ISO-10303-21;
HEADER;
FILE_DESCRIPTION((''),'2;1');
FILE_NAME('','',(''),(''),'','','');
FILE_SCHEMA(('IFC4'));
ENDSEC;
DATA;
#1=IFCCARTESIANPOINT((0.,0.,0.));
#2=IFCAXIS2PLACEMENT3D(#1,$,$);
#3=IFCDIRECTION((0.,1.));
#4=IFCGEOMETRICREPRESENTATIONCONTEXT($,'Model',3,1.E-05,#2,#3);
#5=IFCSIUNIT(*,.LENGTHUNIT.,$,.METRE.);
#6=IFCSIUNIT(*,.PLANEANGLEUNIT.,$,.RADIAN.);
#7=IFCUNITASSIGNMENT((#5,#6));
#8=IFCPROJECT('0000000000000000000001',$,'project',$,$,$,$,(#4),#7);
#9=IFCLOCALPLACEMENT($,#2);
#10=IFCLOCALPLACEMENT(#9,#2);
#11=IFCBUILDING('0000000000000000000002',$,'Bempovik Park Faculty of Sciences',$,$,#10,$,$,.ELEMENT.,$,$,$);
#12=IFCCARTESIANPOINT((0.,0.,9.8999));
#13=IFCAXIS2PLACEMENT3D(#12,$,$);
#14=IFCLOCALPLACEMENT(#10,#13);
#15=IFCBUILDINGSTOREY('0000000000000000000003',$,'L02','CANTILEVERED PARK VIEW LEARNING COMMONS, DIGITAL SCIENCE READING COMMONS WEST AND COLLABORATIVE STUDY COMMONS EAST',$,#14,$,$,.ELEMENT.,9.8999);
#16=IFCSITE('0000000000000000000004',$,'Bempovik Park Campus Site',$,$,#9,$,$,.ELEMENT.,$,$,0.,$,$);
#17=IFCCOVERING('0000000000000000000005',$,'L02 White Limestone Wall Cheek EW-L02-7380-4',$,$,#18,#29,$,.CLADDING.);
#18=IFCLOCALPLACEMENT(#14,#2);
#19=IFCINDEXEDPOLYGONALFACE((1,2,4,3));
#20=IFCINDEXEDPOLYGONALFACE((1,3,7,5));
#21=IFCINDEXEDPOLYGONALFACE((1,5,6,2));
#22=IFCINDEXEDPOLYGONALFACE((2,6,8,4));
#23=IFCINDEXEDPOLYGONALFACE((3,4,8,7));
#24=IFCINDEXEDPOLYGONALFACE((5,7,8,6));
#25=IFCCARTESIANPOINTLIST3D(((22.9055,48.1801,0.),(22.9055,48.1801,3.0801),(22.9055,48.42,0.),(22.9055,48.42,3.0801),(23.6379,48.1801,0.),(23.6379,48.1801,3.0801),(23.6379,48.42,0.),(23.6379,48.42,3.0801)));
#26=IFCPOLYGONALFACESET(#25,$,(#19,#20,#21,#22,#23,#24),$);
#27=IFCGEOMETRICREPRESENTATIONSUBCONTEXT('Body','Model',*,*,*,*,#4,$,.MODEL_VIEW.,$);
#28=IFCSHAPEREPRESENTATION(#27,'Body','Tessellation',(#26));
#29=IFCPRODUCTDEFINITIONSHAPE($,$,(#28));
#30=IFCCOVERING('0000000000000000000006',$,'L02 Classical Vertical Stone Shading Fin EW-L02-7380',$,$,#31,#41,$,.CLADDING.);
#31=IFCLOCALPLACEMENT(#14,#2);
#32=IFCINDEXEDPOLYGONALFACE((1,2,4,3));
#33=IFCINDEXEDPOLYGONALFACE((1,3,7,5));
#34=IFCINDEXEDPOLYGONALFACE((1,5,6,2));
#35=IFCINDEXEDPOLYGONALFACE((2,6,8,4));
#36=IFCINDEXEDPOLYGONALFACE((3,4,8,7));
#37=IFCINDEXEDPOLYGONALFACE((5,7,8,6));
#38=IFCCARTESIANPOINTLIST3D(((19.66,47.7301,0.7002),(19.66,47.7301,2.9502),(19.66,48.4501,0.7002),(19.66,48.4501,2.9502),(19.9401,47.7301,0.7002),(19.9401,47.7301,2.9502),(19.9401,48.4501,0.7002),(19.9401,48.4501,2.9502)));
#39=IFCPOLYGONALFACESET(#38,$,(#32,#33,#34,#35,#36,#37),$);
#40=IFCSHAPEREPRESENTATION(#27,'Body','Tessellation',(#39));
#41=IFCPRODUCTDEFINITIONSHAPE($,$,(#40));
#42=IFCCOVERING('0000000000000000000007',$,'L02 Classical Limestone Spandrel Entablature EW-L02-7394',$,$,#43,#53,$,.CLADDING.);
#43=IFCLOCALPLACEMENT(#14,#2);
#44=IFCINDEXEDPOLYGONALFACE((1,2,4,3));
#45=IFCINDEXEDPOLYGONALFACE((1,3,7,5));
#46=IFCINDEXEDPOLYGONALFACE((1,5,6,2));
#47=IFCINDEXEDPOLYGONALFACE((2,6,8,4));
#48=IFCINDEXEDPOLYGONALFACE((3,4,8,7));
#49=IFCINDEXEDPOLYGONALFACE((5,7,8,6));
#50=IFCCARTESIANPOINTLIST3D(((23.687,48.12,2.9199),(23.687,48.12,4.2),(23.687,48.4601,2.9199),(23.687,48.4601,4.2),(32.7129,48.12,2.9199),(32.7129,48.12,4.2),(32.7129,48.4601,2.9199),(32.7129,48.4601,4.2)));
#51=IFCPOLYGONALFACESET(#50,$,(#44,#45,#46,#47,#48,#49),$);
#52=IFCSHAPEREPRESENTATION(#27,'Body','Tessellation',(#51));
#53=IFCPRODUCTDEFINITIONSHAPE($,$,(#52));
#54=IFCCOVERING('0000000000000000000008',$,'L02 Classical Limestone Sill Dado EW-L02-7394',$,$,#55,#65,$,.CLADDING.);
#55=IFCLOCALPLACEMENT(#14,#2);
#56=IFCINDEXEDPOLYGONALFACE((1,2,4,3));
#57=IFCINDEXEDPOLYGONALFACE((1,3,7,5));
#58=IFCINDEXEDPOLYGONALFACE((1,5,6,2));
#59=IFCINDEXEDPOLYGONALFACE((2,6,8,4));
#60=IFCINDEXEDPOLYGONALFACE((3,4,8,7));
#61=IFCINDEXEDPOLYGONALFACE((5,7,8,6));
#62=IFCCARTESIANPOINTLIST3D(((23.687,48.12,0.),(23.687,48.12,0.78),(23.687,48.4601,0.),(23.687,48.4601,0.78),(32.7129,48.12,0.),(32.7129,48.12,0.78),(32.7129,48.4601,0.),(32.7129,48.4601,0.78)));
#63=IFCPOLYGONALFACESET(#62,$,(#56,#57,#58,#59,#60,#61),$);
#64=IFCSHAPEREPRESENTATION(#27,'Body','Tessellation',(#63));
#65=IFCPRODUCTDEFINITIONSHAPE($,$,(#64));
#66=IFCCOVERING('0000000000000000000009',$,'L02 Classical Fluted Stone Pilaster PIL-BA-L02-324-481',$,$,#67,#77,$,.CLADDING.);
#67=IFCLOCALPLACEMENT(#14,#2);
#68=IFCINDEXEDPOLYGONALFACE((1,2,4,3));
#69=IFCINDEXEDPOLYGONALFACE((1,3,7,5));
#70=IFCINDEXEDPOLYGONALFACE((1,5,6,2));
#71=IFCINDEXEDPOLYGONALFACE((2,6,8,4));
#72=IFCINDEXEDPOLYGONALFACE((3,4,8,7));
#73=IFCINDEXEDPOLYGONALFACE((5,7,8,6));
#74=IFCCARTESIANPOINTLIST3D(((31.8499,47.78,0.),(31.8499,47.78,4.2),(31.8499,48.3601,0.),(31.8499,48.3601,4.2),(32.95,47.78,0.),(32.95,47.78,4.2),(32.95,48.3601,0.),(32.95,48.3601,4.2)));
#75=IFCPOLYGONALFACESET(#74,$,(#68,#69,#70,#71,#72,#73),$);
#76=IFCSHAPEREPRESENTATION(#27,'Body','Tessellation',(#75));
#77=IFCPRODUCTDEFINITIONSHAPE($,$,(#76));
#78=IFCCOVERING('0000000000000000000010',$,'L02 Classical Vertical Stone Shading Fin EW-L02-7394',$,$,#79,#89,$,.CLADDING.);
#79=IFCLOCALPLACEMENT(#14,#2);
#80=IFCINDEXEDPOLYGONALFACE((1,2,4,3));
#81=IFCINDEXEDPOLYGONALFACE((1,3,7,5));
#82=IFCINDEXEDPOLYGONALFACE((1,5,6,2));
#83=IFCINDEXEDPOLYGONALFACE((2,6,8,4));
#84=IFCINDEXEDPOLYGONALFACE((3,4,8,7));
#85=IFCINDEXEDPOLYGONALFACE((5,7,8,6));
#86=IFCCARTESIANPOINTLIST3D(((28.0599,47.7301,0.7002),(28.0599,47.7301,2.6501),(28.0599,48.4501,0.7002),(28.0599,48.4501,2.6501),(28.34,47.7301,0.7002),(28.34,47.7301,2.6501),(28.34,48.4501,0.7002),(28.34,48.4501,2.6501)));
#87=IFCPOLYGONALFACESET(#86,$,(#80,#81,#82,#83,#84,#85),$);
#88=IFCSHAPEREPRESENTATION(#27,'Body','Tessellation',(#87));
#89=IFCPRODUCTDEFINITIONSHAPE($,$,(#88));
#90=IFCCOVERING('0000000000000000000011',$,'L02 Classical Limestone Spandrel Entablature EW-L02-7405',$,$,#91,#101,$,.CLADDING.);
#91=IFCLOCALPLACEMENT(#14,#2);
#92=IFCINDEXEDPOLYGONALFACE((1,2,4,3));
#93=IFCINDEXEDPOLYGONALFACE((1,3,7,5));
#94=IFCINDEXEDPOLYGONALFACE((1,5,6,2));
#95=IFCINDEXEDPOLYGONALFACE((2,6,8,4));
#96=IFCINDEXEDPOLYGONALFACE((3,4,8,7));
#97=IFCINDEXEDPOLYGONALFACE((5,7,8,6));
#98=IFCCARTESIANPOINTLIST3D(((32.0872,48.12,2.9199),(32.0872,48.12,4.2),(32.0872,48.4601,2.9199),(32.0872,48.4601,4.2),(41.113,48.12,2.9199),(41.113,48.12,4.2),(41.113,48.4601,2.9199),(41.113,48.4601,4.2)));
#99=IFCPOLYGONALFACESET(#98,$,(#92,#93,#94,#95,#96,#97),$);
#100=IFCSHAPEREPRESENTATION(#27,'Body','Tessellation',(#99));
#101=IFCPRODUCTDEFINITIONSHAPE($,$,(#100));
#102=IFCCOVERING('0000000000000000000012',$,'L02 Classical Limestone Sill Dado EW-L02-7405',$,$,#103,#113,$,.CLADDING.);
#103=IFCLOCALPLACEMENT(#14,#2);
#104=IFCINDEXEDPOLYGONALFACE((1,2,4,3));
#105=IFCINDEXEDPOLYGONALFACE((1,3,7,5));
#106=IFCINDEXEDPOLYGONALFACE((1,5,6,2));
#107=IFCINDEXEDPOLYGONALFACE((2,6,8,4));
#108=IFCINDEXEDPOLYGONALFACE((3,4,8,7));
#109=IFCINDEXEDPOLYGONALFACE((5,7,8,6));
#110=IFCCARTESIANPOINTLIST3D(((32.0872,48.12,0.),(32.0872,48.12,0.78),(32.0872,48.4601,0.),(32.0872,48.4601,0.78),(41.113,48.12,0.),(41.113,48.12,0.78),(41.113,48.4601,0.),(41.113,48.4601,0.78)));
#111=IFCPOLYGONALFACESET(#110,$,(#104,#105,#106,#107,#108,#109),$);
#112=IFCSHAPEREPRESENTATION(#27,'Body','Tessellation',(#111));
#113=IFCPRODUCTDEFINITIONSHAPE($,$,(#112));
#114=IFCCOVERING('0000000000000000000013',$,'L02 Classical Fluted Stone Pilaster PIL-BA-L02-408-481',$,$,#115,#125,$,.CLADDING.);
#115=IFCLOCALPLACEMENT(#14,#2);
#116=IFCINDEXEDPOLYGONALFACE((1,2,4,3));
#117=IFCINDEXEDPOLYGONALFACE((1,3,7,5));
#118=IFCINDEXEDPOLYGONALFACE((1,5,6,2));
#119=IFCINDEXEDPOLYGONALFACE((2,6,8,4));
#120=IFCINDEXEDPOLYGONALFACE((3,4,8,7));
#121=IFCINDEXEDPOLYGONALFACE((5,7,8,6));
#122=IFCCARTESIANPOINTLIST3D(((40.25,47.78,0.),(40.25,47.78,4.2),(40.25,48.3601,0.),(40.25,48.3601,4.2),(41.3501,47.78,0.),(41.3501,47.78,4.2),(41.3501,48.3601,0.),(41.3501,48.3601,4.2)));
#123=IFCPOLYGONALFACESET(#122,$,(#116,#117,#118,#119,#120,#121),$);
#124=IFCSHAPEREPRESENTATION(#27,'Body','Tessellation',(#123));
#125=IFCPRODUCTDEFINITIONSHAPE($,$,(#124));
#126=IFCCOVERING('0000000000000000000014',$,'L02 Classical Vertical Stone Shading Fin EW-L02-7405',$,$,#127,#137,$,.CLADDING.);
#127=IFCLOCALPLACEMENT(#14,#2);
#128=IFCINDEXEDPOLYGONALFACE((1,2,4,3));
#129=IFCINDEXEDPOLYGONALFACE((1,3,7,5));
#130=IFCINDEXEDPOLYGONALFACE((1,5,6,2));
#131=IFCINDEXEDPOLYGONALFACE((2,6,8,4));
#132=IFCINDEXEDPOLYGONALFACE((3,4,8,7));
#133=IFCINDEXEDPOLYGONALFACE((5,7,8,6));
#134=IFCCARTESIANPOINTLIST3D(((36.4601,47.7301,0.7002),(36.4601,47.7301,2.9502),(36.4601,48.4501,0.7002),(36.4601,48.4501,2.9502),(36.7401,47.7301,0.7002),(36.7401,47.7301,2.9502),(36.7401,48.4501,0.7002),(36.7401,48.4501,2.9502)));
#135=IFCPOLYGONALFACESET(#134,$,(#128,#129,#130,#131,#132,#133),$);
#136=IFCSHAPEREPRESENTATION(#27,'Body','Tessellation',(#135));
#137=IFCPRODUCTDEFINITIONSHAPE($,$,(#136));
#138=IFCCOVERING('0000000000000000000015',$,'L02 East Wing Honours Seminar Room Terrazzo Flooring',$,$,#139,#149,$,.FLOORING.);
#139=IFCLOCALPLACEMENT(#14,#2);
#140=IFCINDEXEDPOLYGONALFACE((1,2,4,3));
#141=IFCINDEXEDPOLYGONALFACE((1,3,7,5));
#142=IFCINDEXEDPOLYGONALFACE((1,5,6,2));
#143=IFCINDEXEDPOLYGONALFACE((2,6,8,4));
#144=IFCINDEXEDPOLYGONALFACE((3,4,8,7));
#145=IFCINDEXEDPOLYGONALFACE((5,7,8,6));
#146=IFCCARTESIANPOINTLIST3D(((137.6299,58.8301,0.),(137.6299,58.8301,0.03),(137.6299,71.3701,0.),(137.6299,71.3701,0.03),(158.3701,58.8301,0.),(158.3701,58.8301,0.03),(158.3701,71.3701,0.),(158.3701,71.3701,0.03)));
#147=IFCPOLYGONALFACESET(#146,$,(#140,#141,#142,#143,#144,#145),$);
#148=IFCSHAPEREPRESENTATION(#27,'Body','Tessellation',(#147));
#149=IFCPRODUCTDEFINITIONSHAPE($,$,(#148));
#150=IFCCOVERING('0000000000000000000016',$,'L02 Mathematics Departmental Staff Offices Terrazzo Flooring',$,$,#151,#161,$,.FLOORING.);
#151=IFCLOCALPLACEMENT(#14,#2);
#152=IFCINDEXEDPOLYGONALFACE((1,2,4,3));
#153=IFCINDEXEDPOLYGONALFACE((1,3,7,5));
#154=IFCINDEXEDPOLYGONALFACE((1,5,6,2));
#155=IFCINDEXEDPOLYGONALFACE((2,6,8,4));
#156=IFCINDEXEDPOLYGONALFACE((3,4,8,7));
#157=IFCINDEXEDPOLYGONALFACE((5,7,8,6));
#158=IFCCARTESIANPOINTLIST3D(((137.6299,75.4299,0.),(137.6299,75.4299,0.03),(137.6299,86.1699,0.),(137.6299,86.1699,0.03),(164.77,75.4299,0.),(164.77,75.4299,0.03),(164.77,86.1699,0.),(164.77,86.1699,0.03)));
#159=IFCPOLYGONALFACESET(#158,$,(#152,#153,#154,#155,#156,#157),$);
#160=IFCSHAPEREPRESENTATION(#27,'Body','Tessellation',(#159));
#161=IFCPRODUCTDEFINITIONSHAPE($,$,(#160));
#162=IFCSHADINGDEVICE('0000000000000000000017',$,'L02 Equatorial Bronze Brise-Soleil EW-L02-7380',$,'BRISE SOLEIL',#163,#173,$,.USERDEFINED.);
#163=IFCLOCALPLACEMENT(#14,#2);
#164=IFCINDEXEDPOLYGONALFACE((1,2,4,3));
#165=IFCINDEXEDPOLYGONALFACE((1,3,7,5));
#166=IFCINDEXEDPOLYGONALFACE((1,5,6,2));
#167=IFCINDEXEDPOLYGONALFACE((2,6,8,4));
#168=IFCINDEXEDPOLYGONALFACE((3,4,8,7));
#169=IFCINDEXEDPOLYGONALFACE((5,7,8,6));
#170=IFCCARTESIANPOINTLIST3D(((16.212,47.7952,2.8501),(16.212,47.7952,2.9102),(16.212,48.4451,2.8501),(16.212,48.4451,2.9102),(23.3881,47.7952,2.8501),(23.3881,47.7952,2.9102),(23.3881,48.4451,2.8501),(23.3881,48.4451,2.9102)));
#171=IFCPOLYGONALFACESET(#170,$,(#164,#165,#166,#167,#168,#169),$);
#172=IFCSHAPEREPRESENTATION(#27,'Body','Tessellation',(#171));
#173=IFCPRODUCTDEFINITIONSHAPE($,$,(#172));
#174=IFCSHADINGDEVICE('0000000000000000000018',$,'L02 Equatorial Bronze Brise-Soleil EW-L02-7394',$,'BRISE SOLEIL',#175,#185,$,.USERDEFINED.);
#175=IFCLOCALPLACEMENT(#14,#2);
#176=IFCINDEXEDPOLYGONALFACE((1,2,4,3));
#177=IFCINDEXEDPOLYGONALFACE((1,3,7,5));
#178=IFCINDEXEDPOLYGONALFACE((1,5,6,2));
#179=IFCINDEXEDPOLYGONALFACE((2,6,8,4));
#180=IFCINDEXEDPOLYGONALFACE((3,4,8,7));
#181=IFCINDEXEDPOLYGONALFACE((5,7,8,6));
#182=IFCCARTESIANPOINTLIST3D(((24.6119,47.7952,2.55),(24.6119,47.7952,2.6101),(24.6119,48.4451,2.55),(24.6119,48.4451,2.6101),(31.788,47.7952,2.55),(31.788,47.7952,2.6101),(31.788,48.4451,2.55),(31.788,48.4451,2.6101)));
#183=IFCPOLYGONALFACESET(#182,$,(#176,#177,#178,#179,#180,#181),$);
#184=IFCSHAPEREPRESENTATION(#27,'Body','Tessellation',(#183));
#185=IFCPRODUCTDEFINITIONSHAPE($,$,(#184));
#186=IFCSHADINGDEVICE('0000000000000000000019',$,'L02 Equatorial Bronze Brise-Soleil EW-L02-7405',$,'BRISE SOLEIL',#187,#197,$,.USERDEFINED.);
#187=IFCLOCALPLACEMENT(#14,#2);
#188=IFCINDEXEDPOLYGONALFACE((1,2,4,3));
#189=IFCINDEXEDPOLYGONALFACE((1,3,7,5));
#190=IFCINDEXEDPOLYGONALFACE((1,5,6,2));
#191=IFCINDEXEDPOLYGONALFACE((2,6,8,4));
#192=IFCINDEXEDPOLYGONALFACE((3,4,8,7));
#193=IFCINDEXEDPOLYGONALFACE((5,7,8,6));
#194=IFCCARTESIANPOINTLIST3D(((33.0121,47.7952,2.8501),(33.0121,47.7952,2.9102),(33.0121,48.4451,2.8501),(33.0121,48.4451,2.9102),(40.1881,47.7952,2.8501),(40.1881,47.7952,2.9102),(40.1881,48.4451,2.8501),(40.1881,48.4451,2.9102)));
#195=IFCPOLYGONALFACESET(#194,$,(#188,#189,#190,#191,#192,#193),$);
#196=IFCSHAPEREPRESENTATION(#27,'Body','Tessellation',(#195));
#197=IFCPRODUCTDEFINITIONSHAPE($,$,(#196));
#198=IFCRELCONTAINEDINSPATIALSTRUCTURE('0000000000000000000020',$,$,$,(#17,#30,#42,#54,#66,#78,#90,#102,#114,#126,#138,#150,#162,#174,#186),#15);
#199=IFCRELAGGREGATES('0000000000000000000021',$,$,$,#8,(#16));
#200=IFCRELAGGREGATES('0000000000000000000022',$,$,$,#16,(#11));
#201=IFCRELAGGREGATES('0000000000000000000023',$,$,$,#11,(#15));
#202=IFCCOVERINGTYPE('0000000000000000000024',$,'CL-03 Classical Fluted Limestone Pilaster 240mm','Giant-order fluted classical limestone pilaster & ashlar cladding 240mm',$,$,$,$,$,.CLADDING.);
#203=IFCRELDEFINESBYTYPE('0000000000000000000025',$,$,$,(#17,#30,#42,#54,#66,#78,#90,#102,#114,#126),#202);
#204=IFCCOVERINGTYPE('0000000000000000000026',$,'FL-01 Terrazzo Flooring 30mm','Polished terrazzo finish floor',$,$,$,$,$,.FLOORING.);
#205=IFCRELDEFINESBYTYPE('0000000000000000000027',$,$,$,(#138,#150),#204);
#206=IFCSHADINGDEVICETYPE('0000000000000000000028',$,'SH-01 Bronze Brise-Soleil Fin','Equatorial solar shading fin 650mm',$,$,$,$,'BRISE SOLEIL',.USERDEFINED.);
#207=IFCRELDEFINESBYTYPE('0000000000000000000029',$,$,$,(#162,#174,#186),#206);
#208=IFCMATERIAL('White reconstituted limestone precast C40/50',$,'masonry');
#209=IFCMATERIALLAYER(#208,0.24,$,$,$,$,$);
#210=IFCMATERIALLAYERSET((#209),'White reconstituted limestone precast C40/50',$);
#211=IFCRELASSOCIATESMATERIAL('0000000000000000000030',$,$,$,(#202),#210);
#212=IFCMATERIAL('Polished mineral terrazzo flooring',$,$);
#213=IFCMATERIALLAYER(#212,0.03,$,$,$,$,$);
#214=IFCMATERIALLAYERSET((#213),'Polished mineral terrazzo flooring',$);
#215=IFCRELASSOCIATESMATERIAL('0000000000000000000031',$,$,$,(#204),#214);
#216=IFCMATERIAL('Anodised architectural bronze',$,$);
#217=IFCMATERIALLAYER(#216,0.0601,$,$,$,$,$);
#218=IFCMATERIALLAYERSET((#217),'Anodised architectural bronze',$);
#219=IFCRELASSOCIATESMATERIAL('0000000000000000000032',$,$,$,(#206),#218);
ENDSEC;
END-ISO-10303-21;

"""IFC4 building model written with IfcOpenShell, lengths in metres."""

from ifc_helpers import new_model, si_unit, direction, frame, origin, origin_2d, place, context, subcontext, project, spatial, polyline, rectangle, outline, extrude, material, layer, layer_set, type_object, element, save


model = new_model("IFC4")

# Units and contexts
model_context = context("Model", 3, precision=1e-05, world=origin(), true_north=direction((0.0, 1.0)))
body_context = subcontext(model_context, "Body", "Model", "MODEL_VIEW")
ifc_project = project(units=[si_unit("LENGTHUNIT", "METRE"), si_unit("PLANEANGLEUNIT", "RADIAN")], contexts=[model_context])

# Site, building, storey
site_placement = place(None, origin())
site = spatial("IfcSite", under=ifc_project, at=site_placement, Name="Bempovik Park Campus Site", CompositionType="ELEMENT", RefElevation=0.0)
building_placement = place(site_placement, origin())
building = spatial("IfcBuilding", under=site, at=building_placement, Name="Bempovik Park Faculty of Sciences", CompositionType="ELEMENT")
storey_placement = place(building_placement, frame((0.0, 0.0, 9.8999)))
storey = spatial("IfcBuildingStorey", under=building, at=storey_placement, Name="L02", Description="CANTILEVERED PARK VIEW LEARNING COMMONS, DIGITAL SCIENCE READING COMMONS WEST AND COLLABORATIVE STUDY COMMONS EAST", CompositionType="ELEMENT", Elevation=9.8999)

# Coverings
ifc_material_1 = material(Name="White reconstituted limestone precast C40/50", Category="masonry")
ifc_layer_1 = layer(ifc_material_1, 0.24)
ifc_layer_set_1 = layer_set([ifc_layer_1], Name="White reconstituted limestone precast C40/50")
covering_type_1 = type_object("IfcCoveringType", Name="CL-03 Classical Fluted Limestone Pilaster 240mm", Description="Giant-order fluted classical limestone pilaster & ashlar cladding 240mm", PredefinedType="CLADDING", material=ifc_layer_set_1)
covering_1_placement = place(storey_placement, frame((23.2717, 48.3, 0.0), z_axis=(0.0, 0.0, 1.0), x_axis=(1.0, 0.0, 0.0)))
element("IfcCovering", 1, at=covering_1_placement, inside=storey, type_object=covering_type_1, Name="L02 White Limestone Wall Cheek EW-L02-7380-4", PredefinedType="CLADDING", context=body_context, shape_type="SweptSolid", body=[
    extrude(rectangle(XDim=0.7324, YDim=0.24, at=origin_2d()), origin(), (0.0, 0.0, 1.0), 3.0801),
])
covering_2_placement = place(storey_placement, frame((19.8, 48.0901, 0.7002), z_axis=(0.0, 0.0, 1.0), x_axis=(1.0, 0.0, 0.0)))
element("IfcCovering", 2, at=covering_2_placement, inside=storey, type_object=covering_type_1, Name="L02 Classical Vertical Stone Shading Fin EW-L02-7380", PredefinedType="CLADDING", context=body_context, shape_type="SweptSolid", body=[
    extrude(rectangle(XDim=0.28, YDim=0.72, at=origin_2d()), origin(), (0.0, 0.0, 1.0), 2.25),
])
covering_3_placement = place(storey_placement, frame((28.2, 48.29, 2.9199), z_axis=(0.0, 0.0, 1.0), x_axis=(1.0, 0.0, 0.0)))
element("IfcCovering", 3, at=covering_3_placement, inside=storey, type_object=covering_type_1, Name="L02 Classical Limestone Spandrel Entablature EW-L02-7394", PredefinedType="CLADDING", context=body_context, shape_type="SweptSolid", body=[
    extrude(rectangle(XDim=9.0259, YDim=0.3401, at=origin_2d()), origin(), (0.0, 0.0, 1.0), 1.28),
])
covering_4_placement = place(storey_placement, frame((28.2, 48.29, 0.0), z_axis=(0.0, 0.0, 1.0), x_axis=(1.0, 0.0, 0.0)))
element("IfcCovering", 4, at=covering_4_placement, inside=storey, type_object=covering_type_1, Name="L02 Classical Limestone Sill Dado EW-L02-7394", PredefinedType="CLADDING", context=body_context, shape_type="SweptSolid", body=[
    extrude(rectangle(XDim=9.0259, YDim=0.3401, at=origin_2d()), origin(), (0.0, 0.0, 1.0), 0.78),
])
covering_5_placement = place(storey_placement, frame((32.3999, 48.0701, 0.0), z_axis=(0.0, 0.0, 1.0), x_axis=(1.0, 0.0, 0.0)))
element("IfcCovering", 5, at=covering_5_placement, inside=storey, type_object=covering_type_1, Name="L02 Classical Fluted Stone Pilaster PIL-BA-L02-324-481", PredefinedType="CLADDING", context=body_context, shape_type="SweptSolid", body=[
    extrude(rectangle(XDim=1.1001, YDim=0.5801, at=origin_2d()), origin(), (0.0, 0.0, 1.0), 4.2),
])
covering_6_placement = place(storey_placement, frame((28.2, 48.0901, 0.7002), z_axis=(0.0, 0.0, 1.0), x_axis=(1.0, 0.0, 0.0)))
element("IfcCovering", 6, at=covering_6_placement, inside=storey, type_object=covering_type_1, Name="L02 Classical Vertical Stone Shading Fin EW-L02-7394", PredefinedType="CLADDING", context=body_context, shape_type="SweptSolid", body=[
    extrude(rectangle(XDim=0.28, YDim=0.72, at=origin_2d()), origin(), (0.0, 0.0, 1.0), 1.95),
])
covering_7_placement = place(storey_placement, frame((36.6001, 48.29, 2.9199), z_axis=(0.0, 0.0, 1.0), x_axis=(1.0, 0.0, 0.0)))
element("IfcCovering", 7, at=covering_7_placement, inside=storey, type_object=covering_type_1, Name="L02 Classical Limestone Spandrel Entablature EW-L02-7405", PredefinedType="CLADDING", context=body_context, shape_type="SweptSolid", body=[
    extrude(rectangle(XDim=9.0259, YDim=0.3401, at=origin_2d()), origin(), (0.0, 0.0, 1.0), 1.28),
])
covering_8_placement = place(storey_placement, frame((36.6001, 48.29, 0.0), z_axis=(0.0, 0.0, 1.0), x_axis=(1.0, 0.0, 0.0)))
element("IfcCovering", 8, at=covering_8_placement, inside=storey, type_object=covering_type_1, Name="L02 Classical Limestone Sill Dado EW-L02-7405", PredefinedType="CLADDING", context=body_context, shape_type="SweptSolid", body=[
    extrude(rectangle(XDim=9.0259, YDim=0.3401, at=origin_2d()), origin(), (0.0, 0.0, 1.0), 0.78),
])
covering_9_placement = place(storey_placement, frame((40.8, 48.0701, 0.0), z_axis=(0.0, 0.0, 1.0), x_axis=(1.0, 0.0, 0.0)))
element("IfcCovering", 9, at=covering_9_placement, inside=storey, type_object=covering_type_1, Name="L02 Classical Fluted Stone Pilaster PIL-BA-L02-408-481", PredefinedType="CLADDING", context=body_context, shape_type="SweptSolid", body=[
    extrude(rectangle(XDim=1.1001, YDim=0.5801, at=origin_2d()), origin(), (0.0, 0.0, 1.0), 4.2),
])
covering_10_placement = place(storey_placement, frame((36.6001, 48.0901, 0.7002), z_axis=(0.0, 0.0, 1.0), x_axis=(1.0, 0.0, 0.0)))
element("IfcCovering", 10, at=covering_10_placement, inside=storey, type_object=covering_type_1, Name="L02 Classical Vertical Stone Shading Fin EW-L02-7405", PredefinedType="CLADDING", context=body_context, shape_type="SweptSolid", body=[
    extrude(rectangle(XDim=0.28, YDim=0.72, at=origin_2d()), origin(), (0.0, 0.0, 1.0), 2.25),
])
ifc_material_2 = material(Name="Polished mineral terrazzo flooring")
ifc_layer_2 = layer(ifc_material_2, 0.03)
ifc_layer_set_2 = layer_set([ifc_layer_2], Name="Polished mineral terrazzo flooring")
covering_type_2 = type_object("IfcCoveringType", Name="FL-01 Terrazzo Flooring 30mm", Description="Polished terrazzo finish floor", PredefinedType="FLOORING", material=ifc_layer_set_2)
covering_11_placement = place(storey_placement, origin())
element("IfcCovering", 11, at=covering_11_placement, inside=storey, type_object=covering_type_2, Name="L02 East Wing Honours Seminar Room Terrazzo Flooring", PredefinedType="FLOORING", context=body_context, shape_type="SweptSolid", body=[
    extrude(outline(polyline([(137.6299, 58.8301), (158.3701, 58.8301), (158.3701, 71.3701), (137.6299, 71.3701), (137.6299, 58.8301)])), origin(), (0.0, 0.0, 1.0), 0.03),
])
covering_12_placement = place(storey_placement, origin())
element("IfcCovering", 12, at=covering_12_placement, inside=storey, type_object=covering_type_2, Name="L02 Mathematics Departmental Staff Offices Terrazzo Flooring", PredefinedType="FLOORING", context=body_context, shape_type="SweptSolid", body=[
    extrude(outline(polyline([(137.6299, 75.4299), (164.77, 75.4299), (164.77, 86.1699), (137.6299, 86.1699), (137.6299, 75.4299)])), origin(), (0.0, 0.0, 1.0), 0.03),
])

# Shading devices
ifc_material_3 = material(Name="Anodised architectural bronze")
ifc_layer_3 = layer(ifc_material_3, 0.0601)
ifc_layer_set_3 = layer_set([ifc_layer_3], Name="Anodised architectural bronze")
shading_device_type = type_object("IfcShadingDeviceType", Name="SH-01 Bronze Brise-Soleil Fin", Description="Equatorial solar shading fin 650mm", ElementType="BRISE SOLEIL", PredefinedType="USERDEFINED", material=ifc_layer_set_3)
for number, where, z_axis, x_axis, name in (
    (13, (19.8, 48.1201, 2.8501), (0.0, 0.0, 1.0), (1.0, 0.0, 0.0), "L02 Equatorial Bronze Brise-Soleil EW-L02-7380"),
    (14, (28.2, 48.1201, 2.55), (0.0, 0.0, 1.0), (1.0, 0.0, 0.0), "L02 Equatorial Bronze Brise-Soleil EW-L02-7394"),
    (15, (36.6001, 48.1201, 2.8501), (0.0, 0.0, 1.0), (1.0, 0.0, 0.0), "L02 Equatorial Bronze Brise-Soleil EW-L02-7405"),
):
    element("IfcShadingDevice", number, at=place(storey_placement, frame(where, z_axis=z_axis, x_axis=x_axis)), inside=storey, type_object=shading_device_type, Name=name, ObjectType="BRISE SOLEIL", PredefinedType="USERDEFINED", context=body_context, shape_type="SweptSolid", body=[
        extrude(rectangle(XDim=7.176, YDim=0.6499, at=origin_2d()), origin(), (0.0, 0.0, 1.0), 0.0601),
    ])

save(model, "model.ifc")
